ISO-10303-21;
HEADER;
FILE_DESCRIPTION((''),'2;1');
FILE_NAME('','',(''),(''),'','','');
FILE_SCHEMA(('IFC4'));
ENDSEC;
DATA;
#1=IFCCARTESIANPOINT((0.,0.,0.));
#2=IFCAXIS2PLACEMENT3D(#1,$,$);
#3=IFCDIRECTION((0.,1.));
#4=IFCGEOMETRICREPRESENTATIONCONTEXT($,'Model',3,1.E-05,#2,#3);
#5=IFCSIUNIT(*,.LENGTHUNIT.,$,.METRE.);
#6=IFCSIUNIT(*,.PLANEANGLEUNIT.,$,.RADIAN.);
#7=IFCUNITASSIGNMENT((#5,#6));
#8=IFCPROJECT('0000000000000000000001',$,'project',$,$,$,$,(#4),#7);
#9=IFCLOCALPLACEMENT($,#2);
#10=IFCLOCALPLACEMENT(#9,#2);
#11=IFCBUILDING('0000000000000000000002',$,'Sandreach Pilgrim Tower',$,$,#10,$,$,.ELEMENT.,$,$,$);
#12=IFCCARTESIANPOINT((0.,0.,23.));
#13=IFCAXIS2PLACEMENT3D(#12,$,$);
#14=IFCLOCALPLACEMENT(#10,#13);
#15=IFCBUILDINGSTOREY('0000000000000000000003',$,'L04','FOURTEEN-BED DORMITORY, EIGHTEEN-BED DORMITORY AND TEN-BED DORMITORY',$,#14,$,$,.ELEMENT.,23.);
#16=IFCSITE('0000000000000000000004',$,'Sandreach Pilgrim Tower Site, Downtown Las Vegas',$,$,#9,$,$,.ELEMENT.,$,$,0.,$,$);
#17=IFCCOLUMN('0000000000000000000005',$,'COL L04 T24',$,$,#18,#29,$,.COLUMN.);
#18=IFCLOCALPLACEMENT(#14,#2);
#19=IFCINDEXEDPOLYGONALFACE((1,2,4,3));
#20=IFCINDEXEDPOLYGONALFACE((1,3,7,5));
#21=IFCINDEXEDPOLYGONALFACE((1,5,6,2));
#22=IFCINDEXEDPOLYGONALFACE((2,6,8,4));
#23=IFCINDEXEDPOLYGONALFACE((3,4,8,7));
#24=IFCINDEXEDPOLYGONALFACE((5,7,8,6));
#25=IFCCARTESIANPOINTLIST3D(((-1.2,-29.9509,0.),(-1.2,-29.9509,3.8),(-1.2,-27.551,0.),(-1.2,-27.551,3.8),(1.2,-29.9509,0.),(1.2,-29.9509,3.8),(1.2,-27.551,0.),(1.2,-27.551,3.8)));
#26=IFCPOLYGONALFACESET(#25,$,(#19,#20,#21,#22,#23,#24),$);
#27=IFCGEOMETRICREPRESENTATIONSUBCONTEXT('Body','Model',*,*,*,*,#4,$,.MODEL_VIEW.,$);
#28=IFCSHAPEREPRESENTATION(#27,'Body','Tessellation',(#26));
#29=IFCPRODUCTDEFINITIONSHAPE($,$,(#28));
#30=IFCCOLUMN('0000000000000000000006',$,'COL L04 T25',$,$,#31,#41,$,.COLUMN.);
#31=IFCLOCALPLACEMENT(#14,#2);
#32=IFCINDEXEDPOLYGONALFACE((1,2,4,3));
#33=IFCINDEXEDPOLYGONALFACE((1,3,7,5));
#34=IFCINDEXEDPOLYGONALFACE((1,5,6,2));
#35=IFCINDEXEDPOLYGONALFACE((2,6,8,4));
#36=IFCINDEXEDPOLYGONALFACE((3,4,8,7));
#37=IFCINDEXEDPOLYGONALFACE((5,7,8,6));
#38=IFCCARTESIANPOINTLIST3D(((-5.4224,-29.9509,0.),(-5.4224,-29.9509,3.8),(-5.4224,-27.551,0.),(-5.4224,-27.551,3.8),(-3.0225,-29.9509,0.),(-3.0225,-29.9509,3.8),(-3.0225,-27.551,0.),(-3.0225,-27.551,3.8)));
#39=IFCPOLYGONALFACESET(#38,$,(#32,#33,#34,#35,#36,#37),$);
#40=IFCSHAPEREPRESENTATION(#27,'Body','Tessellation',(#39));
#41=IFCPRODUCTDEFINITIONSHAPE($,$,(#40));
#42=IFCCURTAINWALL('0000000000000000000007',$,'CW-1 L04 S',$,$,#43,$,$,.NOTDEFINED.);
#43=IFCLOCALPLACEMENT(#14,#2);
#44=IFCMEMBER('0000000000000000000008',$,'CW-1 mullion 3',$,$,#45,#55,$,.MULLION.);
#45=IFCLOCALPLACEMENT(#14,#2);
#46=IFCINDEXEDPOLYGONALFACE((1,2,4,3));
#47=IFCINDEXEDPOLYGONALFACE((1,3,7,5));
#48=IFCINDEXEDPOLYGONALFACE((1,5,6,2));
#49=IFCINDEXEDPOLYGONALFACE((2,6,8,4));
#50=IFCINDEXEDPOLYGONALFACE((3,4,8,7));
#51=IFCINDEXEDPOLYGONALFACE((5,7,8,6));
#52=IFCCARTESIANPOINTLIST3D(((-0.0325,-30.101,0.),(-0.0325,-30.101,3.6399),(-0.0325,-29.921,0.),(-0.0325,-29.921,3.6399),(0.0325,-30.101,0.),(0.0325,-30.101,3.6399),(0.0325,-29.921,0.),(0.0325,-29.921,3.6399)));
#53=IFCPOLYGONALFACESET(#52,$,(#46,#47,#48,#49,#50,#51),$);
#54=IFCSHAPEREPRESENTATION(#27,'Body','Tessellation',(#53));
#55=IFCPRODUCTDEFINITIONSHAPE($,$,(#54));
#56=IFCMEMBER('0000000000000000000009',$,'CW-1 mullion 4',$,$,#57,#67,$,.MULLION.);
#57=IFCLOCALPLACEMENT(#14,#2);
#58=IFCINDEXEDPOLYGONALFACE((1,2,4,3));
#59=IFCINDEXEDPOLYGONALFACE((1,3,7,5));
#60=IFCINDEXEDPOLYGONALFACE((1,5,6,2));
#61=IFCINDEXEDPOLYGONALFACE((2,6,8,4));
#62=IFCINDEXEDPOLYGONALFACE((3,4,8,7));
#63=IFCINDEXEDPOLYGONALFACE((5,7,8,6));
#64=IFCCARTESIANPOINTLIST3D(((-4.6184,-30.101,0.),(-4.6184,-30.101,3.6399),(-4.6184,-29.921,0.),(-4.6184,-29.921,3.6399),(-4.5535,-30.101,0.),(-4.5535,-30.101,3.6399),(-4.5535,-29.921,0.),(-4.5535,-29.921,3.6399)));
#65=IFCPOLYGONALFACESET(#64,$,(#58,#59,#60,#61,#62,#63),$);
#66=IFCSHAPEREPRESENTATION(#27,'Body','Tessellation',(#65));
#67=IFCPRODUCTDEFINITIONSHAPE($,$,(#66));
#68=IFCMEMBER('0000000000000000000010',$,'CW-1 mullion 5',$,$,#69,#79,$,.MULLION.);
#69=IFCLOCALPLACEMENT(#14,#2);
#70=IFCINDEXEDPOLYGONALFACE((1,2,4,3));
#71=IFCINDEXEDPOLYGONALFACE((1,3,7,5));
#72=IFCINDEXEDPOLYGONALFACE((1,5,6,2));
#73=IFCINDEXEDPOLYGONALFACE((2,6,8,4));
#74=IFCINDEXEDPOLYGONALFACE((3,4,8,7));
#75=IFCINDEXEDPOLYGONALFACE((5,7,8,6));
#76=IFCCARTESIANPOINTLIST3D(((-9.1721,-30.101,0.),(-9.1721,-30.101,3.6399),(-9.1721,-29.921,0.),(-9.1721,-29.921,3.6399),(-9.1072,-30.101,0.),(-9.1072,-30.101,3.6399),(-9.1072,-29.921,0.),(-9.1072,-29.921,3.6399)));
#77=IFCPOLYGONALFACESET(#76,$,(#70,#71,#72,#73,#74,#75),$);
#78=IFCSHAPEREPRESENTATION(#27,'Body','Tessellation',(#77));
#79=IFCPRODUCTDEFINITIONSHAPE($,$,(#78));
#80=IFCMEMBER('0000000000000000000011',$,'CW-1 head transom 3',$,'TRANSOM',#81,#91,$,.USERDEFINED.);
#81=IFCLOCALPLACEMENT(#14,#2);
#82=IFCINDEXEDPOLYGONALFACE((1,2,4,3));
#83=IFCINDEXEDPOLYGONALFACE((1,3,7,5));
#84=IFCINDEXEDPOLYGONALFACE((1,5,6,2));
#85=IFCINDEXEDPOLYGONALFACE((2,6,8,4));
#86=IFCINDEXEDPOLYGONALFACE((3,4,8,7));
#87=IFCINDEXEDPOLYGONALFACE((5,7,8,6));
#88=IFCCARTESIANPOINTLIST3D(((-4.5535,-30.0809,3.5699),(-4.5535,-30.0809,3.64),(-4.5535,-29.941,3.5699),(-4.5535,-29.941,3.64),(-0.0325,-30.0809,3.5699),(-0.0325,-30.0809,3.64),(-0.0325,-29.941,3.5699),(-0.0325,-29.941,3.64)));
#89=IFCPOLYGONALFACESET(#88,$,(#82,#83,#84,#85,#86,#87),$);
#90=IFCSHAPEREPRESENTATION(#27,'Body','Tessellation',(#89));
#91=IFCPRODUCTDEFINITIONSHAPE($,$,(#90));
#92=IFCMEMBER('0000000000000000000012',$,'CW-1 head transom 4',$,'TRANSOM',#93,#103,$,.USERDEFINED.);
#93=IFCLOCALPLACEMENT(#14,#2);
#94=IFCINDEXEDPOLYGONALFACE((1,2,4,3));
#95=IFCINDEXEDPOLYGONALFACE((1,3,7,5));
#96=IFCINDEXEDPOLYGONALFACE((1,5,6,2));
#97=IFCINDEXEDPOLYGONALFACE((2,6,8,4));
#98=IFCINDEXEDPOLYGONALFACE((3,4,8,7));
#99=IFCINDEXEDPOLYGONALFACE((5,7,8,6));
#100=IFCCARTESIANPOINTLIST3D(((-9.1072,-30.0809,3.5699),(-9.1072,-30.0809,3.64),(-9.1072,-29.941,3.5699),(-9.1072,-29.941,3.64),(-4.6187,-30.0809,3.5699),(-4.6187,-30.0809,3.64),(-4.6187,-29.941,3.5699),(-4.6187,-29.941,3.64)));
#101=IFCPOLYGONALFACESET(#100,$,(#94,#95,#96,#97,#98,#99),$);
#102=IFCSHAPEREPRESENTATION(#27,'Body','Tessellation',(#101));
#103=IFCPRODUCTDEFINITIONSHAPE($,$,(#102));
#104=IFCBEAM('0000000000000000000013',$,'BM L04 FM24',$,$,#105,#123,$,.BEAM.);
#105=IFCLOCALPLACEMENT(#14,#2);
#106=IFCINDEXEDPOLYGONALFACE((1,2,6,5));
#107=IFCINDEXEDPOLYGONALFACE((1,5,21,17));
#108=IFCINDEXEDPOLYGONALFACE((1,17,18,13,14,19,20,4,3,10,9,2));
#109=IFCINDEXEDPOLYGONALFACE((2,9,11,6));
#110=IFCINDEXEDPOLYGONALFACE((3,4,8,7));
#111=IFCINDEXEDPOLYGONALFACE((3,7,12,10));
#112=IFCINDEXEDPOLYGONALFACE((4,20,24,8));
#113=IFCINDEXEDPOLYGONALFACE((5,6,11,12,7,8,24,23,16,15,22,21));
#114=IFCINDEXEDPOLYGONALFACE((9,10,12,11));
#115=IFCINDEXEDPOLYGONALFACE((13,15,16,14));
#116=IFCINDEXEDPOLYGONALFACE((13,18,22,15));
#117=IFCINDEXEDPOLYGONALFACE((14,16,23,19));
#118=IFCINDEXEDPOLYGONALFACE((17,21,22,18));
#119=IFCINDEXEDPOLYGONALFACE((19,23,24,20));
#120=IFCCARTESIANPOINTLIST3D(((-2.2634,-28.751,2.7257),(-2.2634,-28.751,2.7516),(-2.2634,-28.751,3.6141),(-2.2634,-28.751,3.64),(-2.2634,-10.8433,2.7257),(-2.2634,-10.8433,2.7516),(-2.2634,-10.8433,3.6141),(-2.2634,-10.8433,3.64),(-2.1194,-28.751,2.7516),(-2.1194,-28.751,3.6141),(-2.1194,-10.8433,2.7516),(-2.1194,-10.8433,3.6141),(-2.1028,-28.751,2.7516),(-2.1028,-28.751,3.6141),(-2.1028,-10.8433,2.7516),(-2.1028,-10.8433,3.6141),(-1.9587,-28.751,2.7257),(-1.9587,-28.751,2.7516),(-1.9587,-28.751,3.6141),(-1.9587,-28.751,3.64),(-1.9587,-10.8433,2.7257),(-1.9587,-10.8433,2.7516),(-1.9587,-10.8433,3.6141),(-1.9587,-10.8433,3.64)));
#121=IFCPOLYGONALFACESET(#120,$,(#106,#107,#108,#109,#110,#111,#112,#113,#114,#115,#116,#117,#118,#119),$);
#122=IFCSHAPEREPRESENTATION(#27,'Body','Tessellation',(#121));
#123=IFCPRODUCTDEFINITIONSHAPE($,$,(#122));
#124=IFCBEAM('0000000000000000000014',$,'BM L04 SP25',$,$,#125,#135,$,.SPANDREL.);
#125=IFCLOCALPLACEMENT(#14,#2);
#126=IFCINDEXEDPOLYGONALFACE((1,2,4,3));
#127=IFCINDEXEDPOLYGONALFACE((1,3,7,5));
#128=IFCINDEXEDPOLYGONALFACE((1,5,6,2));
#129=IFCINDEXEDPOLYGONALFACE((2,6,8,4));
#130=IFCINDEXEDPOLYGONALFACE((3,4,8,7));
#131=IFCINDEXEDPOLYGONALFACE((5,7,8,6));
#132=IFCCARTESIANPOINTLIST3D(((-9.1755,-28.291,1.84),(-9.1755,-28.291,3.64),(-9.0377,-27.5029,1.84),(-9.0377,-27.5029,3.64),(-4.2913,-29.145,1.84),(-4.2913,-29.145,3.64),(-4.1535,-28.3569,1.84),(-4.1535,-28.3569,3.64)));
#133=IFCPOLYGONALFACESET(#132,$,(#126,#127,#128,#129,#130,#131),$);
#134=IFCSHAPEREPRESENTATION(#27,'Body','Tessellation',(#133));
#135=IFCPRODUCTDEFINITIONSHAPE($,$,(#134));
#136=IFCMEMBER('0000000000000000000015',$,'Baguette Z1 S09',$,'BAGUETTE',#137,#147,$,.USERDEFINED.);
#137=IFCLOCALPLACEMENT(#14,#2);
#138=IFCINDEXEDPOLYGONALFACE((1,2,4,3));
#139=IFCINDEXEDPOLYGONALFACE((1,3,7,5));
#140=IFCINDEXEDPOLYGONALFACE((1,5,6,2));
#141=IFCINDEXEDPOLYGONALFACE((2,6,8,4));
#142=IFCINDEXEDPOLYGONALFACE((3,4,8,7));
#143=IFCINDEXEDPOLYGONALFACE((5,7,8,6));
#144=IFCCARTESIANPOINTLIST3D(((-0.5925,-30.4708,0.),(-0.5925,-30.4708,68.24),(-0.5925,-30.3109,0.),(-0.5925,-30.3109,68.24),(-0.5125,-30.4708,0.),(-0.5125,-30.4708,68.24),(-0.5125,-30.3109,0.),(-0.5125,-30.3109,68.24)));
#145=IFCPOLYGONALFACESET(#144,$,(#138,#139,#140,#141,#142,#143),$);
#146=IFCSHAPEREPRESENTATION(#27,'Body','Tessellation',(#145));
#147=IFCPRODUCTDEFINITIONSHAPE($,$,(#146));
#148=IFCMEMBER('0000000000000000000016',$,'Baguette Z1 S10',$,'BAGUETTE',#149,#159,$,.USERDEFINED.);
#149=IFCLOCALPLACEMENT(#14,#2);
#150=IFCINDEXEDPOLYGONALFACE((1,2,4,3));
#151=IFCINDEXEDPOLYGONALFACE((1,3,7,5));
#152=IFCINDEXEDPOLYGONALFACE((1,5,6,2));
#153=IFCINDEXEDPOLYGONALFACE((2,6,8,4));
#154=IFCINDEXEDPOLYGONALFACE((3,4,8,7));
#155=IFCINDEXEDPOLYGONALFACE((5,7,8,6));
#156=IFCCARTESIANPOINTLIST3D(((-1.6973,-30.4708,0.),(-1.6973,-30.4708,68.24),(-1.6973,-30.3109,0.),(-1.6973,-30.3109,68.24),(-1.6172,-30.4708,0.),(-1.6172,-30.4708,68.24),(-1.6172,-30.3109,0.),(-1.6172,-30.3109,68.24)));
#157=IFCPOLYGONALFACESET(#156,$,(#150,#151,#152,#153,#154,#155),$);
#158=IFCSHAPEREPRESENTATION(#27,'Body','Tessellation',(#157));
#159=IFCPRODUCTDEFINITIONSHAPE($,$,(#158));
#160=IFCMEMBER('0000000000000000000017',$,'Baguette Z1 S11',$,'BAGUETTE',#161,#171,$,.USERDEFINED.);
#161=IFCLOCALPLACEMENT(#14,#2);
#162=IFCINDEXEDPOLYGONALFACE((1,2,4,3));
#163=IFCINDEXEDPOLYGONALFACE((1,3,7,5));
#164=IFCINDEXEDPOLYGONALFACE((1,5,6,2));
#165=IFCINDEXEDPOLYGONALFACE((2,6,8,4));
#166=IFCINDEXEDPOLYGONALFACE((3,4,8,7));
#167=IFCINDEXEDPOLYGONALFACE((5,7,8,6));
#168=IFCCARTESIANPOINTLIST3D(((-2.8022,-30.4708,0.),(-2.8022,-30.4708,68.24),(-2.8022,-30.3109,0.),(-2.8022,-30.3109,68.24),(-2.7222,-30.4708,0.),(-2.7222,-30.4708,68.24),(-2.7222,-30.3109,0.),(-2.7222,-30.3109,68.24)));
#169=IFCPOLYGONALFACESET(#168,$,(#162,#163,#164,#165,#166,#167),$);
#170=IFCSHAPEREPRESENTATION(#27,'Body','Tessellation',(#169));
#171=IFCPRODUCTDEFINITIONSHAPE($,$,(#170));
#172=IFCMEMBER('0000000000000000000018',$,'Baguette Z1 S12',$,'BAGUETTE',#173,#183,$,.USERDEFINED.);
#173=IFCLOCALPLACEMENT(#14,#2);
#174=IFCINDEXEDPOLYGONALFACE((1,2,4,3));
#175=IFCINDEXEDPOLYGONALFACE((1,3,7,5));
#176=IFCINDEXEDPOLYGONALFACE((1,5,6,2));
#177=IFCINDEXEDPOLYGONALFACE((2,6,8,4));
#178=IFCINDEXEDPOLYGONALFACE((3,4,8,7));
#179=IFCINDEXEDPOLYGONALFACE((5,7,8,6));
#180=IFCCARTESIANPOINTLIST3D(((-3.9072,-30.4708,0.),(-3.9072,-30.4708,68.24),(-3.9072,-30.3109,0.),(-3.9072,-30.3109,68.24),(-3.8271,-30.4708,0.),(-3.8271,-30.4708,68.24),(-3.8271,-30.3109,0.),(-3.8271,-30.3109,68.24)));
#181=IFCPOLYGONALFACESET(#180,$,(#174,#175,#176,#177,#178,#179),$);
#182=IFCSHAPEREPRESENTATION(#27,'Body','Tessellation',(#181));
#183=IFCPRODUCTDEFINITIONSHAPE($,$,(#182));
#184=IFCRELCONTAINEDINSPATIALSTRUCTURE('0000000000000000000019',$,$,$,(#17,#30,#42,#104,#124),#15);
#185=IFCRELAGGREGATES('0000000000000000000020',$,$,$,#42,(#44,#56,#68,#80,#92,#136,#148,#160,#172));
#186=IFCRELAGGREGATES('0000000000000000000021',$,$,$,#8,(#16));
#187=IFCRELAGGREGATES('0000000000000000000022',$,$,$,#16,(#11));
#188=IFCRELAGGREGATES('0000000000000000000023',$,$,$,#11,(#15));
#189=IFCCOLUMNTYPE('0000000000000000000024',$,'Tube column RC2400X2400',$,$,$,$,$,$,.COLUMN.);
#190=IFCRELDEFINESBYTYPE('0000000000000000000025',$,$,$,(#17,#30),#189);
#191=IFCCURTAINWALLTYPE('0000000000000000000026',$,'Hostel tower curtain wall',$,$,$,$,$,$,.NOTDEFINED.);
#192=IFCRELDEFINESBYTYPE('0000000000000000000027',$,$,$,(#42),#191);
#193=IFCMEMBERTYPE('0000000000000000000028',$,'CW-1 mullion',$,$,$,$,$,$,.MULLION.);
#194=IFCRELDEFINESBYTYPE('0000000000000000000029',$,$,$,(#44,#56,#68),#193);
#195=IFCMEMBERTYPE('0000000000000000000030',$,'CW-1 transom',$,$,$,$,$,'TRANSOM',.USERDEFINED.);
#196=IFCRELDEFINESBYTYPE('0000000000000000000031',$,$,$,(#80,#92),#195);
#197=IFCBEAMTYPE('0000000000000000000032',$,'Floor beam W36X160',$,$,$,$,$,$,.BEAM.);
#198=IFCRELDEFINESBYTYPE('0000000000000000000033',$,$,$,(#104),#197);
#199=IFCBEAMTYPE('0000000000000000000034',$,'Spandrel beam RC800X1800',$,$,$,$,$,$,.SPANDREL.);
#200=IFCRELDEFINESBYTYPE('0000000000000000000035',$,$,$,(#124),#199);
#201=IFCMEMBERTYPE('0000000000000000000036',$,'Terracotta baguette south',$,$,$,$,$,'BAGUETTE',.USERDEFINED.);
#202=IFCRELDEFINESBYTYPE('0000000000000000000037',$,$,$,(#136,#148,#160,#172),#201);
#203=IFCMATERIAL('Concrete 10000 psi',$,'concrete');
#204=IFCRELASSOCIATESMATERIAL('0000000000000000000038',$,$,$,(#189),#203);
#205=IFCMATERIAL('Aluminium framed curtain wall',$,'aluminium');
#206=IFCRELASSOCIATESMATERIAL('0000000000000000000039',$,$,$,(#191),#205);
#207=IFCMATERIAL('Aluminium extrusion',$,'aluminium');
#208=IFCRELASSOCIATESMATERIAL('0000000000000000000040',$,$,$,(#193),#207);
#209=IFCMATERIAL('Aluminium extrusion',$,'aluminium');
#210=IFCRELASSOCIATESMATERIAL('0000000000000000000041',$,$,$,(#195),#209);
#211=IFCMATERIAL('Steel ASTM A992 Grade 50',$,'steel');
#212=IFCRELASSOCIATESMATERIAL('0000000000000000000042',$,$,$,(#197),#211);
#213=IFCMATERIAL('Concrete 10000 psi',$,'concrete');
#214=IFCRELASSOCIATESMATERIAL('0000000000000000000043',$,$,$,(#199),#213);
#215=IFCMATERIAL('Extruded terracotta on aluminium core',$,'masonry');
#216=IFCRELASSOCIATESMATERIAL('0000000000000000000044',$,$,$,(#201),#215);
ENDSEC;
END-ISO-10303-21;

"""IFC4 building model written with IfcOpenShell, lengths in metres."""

from ifc_helpers import new_model, si_unit, direction, frame, origin, origin_2d, place, context, subcontext, project, spatial, rectangle, i_section, extrude, material, material_profile, profile_set, type_object, element, aggregate, save


model = new_model("IFC4")

# Units and contexts
model_context = context("Model", 3, precision=1e-05, world=origin(), true_north=direction((0.0, 1.0)))
body_context = subcontext(model_context, "Body", "Model", "MODEL_VIEW")
ifc_project = project(units=[si_unit("LENGTHUNIT", "METRE"), si_unit("PLANEANGLEUNIT", "RADIAN")], contexts=[model_context])

# Site, building, storey
site_placement = place(None, origin())
site = spatial("IfcSite", under=ifc_project, at=site_placement, Name="Sandreach Pilgrim Tower Site, Downtown Las Vegas", CompositionType="ELEMENT", RefElevation=0.0)
building_placement = place(site_placement, origin())
building = spatial("IfcBuilding", under=site, at=building_placement, Name="Sandreach Pilgrim Tower", CompositionType="ELEMENT")
storey_placement = place(building_placement, frame((0.0, 0.0, 23.0)))
storey = spatial("IfcBuildingStorey", under=building, at=storey_placement, Name="L04", Description="FOURTEEN-BED DORMITORY, EIGHTEEN-BED DORMITORY AND TEN-BED DORMITORY", CompositionType="ELEMENT", Elevation=23.0)

# Columns
ifc_material_1 = material(Name="Concrete 10000 psi", Category="concrete")
ifc_material_profile_1 = material_profile(ifc_material_1, rectangle(XDim=2.3999, YDim=2.3999, at=origin_2d()), Name="RC2400X2400")
ifc_profile_set_1 = profile_set([ifc_material_profile_1], Name="Concrete 10000 psi")
column_type = type_object("IfcColumnType", Name="Tube column RC2400X2400", PredefinedType="COLUMN", material=ifc_profile_set_1)
for number, where, z_axis, x_axis, name in (
    (1, (0.0, -28.751, 0.0), (0.0, 0.0, 1.0), (0.0, -1.0, 0.0), "COL L04 T24"),
    (2, (-4.2224, -28.751, 0.0), (0.0, 0.0, 1.0), (0.0, -1.0, 0.0), "COL L04 T25"),
):
    element("IfcColumn", number, at=place(storey_placement, frame(where, z_axis=z_axis, x_axis=x_axis)), inside=storey, type_object=column_type, Name=name, PredefinedType="COLUMN", context=body_context, shape_type="SweptSolid", body=[
        extrude(rectangle(XDim=2.3999, YDim=2.3999, at=origin_2d()), origin(), (0.0, 0.0, 1.0), 3.8),
    ])

# Curtain wall, members
ifc_material_2 = material(Name="Aluminium framed curtain wall", Category="aluminium")
curtain_wall_type = type_object("IfcCurtainWallType", Name="Hostel tower curtain wall", PredefinedType="NOTDEFINED", material=ifc_material_2)
curtain_wall_placement = place(storey_placement, origin())
curtain_wall = element("IfcCurtainWall", 3, at=curtain_wall_placement, inside=storey, type_object=curtain_wall_type, Name="CW-1 L04 S", PredefinedType="NOTDEFINED")
ifc_material_3 = material(Name="Aluminium extrusion", Category="aluminium")
ifc_material_profile_2 = material_profile(ifc_material_3, rectangle(XDim=0.0649, YDim=0.1799, at=origin_2d()), Name="CW-1M 65X180")
ifc_profile_set_2 = profile_set([ifc_material_profile_2], Name="Aluminium extrusion")
member_type_1 = type_object("IfcMemberType", Name="CW-1 mullion", PredefinedType="MULLION", material=ifc_profile_set_2)
member_1_placement = place(storey_placement, frame((0.0, -30.011, 0.0), z_axis=(0.0, 0.0, 1.0), x_axis=(-1.0, 0.0, 0.0)))
member_1 = element("IfcMember", 4, at=member_1_placement, type_object=member_type_1, Name="CW-1 mullion 3", PredefinedType="MULLION", context=body_context, shape_type="SweptSolid", body=[
    extrude(rectangle(XDim=0.0649, YDim=0.1799, at=origin_2d()), origin(), (0.0, 0.0, 1.0), 3.6399),
])
member_2_placement = place(storey_placement, frame((-4.5859, -30.011, 0.0), z_axis=(0.0, 0.0, 1.0), x_axis=(-1.0, 0.0, 0.0)))
member_2 = element("IfcMember", 5, at=member_2_placement, type_object=member_type_1, Name="CW-1 mullion 4", PredefinedType="MULLION", context=body_context, shape_type="SweptSolid", body=[
    extrude(rectangle(XDim=0.0649, YDim=0.1799, at=origin_2d()), origin(), (0.0, 0.0, 1.0), 3.6399),
])
member_3_placement = place(storey_placement, frame((-9.1396, -30.011, 0.0), z_axis=(0.0, 0.0, 1.0), x_axis=(-1.0, 0.0, 0.0)))
member_3 = element("IfcMember", 6, at=member_3_placement, type_object=member_type_1, Name="CW-1 mullion 5", PredefinedType="MULLION", context=body_context, shape_type="SweptSolid", body=[
    extrude(rectangle(XDim=0.0649, YDim=0.1799, at=origin_2d()), origin(), (0.0, 0.0, 1.0), 3.6399),
])
ifc_material_4 = material(Name="Aluminium extrusion", Category="aluminium")
ifc_material_profile_3 = material_profile(ifc_material_4, rectangle(XDim=0.1399, YDim=0.0701, at=origin_2d()), Name="CW-1T 140X70")
ifc_profile_set_3 = profile_set([ifc_material_profile_3], Name="Aluminium extrusion")
member_type_2 = type_object("IfcMemberType", Name="CW-1 transom", ElementType="TRANSOM", PredefinedType="USERDEFINED", material=ifc_profile_set_3)
member_4_placement = place(storey_placement, frame((-0.0325, -30.011, 3.605), z_axis=(-1.0, 0.0, 0.0), x_axis=(0.0, -1.0, 0.0)))
member_4 = element("IfcMember", 7, at=member_4_placement, type_object=member_type_2, Name="CW-1 head transom 3", ObjectType="TRANSOM", PredefinedType="USERDEFINED", context=body_context, shape_type="SweptSolid", body=[
    extrude(rectangle(XDim=0.1399, YDim=0.0701, at=origin_2d()), origin(), (0.0, 0.0, 1.0), 4.521),
])
member_5_placement = place(storey_placement, frame((-4.6187, -30.011, 3.605), z_axis=(-1.0, 0.0, 0.0), x_axis=(0.0, -1.0, 0.0)))
member_5 = element("IfcMember", 8, at=member_5_placement, type_object=member_type_2, Name="CW-1 head transom 4", ObjectType="TRANSOM", PredefinedType="USERDEFINED", context=body_context, shape_type="SweptSolid", body=[
    extrude(rectangle(XDim=0.1399, YDim=0.0701, at=origin_2d()), origin(), (0.0, 0.0, 1.0), 4.4885),
])

# Beams
ifc_material_5 = material(Name="Steel ASTM A992 Grade 50", Category="steel")
ifc_material_profile_4 = material_profile(ifc_material_5, i_section(OverallWidth=0.3047, OverallDepth=0.9143, WebThickness=0.0166, FlangeThickness=0.0259, at=origin_2d()), Name="W36X160")
ifc_profile_set_4 = profile_set([ifc_material_profile_4], Name="Steel ASTM A992 Grade 50")
beam_type_1 = type_object("IfcBeamType", Name="Floor beam W36X160", PredefinedType="BEAM", material=ifc_profile_set_4)
beam_1_placement = place(storey_placement, frame((-2.1111, -28.751, 3.1829), z_axis=(0.0, 1.0, 0.0), x_axis=(-1.0, 0.0, 0.0)))
element("IfcBeam", 9, at=beam_1_placement, inside=storey, type_object=beam_type_1, Name="BM L04 FM24", PredefinedType="BEAM", context=body_context, shape_type="SweptSolid", body=[
    extrude(i_section(OverallWidth=0.3047, OverallDepth=0.9143, WebThickness=0.0166, FlangeThickness=0.0259, at=origin_2d()), origin(), (0.0, 0.0, 1.0), 17.9077),
])
ifc_material_6 = material(Name="Concrete 10000 psi", Category="concrete")
ifc_material_profile_5 = material_profile(ifc_material_6, rectangle(XDim=0.8, YDim=1.8, at=origin_2d()), Name="RC800X1800")
ifc_profile_set_5 = profile_set([ifc_material_profile_5], Name="Concrete 10000 psi")
beam_type_2 = type_object("IfcBeamType", Name="Spandrel beam RC800X1800", PredefinedType="SPANDREL", material=ifc_profile_set_5)
beam_2_placement = place(storey_placement, frame((-4.2224, -28.751, 2.74), z_axis=(-0.985054, 0.172243, 0.0), x_axis=(-0.172243, -0.985054, 0.0)))
element("IfcBeam", 10, at=beam_2_placement, inside=storey, type_object=beam_type_2, Name="BM L04 SP25", PredefinedType="SPANDREL", context=body_context, shape_type="SweptSolid", body=[
    extrude(rectangle(XDim=0.8, YDim=1.8, at=origin_2d()), origin(), (0.0, 0.0, 1.0), 4.9583),
])

# Members
ifc_material_7 = material(Name="Extruded terracotta on aluminium core", Category="masonry")
ifc_material_profile_6 = material_profile(ifc_material_7, rectangle(XDim=0.0801, YDim=0.1599, at=origin_2d()), Name="TBS 80X160")
ifc_profile_set_6 = profile_set([ifc_material_profile_6], Name="Extruded terracotta on aluminium core")
member_type_3 = type_object("IfcMemberType", Name="Terracotta baguette south", ElementType="BAGUETTE", PredefinedType="USERDEFINED", material=ifc_profile_set_6)
member_6_placement = place(storey_placement, frame((-0.5525, -30.3909, 0.0), z_axis=(0.0, 0.0, 1.0), x_axis=(-1.0, 0.0, 0.0)))
member_6 = element("IfcMember", 11, at=member_6_placement, type_object=member_type_3, Name="Baguette Z1 S09", ObjectType="BAGUETTE", PredefinedType="USERDEFINED", context=body_context, shape_type="SweptSolid", body=[
    extrude(rectangle(XDim=0.0801, YDim=0.1599, at=origin_2d()), origin(), (0.0, 0.0, 1.0), 68.24),
])
member_7_placement = place(storey_placement, frame((-1.6572, -30.3909, 0.0), z_axis=(0.0, 0.0, 1.0), x_axis=(-1.0, 0.0, 0.0)))
member_7 = element("IfcMember", 12, at=member_7_placement, type_object=member_type_3, Name="Baguette Z1 S10", ObjectType="BAGUETTE", PredefinedType="USERDEFINED", context=body_context, shape_type="SweptSolid", body=[
    extrude(rectangle(XDim=0.0801, YDim=0.1599, at=origin_2d()), origin(), (0.0, 0.0, 1.0), 68.24),
])
member_8_placement = place(storey_placement, frame((-2.7622, -30.3909, 0.0), z_axis=(0.0, 0.0, 1.0), x_axis=(-1.0, 0.0, 0.0)))
member_8 = element("IfcMember", 13, at=member_8_placement, type_object=member_type_3, Name="Baguette Z1 S11", ObjectType="BAGUETTE", PredefinedType="USERDEFINED", context=body_context, shape_type="SweptSolid", body=[
    extrude(rectangle(XDim=0.0801, YDim=0.1599, at=origin_2d()), origin(), (0.0, 0.0, 1.0), 68.24),
])
member_9_placement = place(storey_placement, frame((-3.8672, -30.3909, 0.0), z_axis=(0.0, 0.0, 1.0), x_axis=(-1.0, 0.0, 0.0)))
member_9 = element("IfcMember", 14, at=member_9_placement, type_object=member_type_3, Name="Baguette Z1 S12", ObjectType="BAGUETTE", PredefinedType="USERDEFINED", context=body_context, shape_type="SweptSolid", body=[
    extrude(rectangle(XDim=0.0801, YDim=0.1599, at=origin_2d()), origin(), (0.0, 0.0, 1.0), 68.24),
])

aggregate(curtain_wall, [member_1, member_2, member_3, member_4, member_5, member_6, member_7, member_8, member_9])

save(model, "model.ifc")
